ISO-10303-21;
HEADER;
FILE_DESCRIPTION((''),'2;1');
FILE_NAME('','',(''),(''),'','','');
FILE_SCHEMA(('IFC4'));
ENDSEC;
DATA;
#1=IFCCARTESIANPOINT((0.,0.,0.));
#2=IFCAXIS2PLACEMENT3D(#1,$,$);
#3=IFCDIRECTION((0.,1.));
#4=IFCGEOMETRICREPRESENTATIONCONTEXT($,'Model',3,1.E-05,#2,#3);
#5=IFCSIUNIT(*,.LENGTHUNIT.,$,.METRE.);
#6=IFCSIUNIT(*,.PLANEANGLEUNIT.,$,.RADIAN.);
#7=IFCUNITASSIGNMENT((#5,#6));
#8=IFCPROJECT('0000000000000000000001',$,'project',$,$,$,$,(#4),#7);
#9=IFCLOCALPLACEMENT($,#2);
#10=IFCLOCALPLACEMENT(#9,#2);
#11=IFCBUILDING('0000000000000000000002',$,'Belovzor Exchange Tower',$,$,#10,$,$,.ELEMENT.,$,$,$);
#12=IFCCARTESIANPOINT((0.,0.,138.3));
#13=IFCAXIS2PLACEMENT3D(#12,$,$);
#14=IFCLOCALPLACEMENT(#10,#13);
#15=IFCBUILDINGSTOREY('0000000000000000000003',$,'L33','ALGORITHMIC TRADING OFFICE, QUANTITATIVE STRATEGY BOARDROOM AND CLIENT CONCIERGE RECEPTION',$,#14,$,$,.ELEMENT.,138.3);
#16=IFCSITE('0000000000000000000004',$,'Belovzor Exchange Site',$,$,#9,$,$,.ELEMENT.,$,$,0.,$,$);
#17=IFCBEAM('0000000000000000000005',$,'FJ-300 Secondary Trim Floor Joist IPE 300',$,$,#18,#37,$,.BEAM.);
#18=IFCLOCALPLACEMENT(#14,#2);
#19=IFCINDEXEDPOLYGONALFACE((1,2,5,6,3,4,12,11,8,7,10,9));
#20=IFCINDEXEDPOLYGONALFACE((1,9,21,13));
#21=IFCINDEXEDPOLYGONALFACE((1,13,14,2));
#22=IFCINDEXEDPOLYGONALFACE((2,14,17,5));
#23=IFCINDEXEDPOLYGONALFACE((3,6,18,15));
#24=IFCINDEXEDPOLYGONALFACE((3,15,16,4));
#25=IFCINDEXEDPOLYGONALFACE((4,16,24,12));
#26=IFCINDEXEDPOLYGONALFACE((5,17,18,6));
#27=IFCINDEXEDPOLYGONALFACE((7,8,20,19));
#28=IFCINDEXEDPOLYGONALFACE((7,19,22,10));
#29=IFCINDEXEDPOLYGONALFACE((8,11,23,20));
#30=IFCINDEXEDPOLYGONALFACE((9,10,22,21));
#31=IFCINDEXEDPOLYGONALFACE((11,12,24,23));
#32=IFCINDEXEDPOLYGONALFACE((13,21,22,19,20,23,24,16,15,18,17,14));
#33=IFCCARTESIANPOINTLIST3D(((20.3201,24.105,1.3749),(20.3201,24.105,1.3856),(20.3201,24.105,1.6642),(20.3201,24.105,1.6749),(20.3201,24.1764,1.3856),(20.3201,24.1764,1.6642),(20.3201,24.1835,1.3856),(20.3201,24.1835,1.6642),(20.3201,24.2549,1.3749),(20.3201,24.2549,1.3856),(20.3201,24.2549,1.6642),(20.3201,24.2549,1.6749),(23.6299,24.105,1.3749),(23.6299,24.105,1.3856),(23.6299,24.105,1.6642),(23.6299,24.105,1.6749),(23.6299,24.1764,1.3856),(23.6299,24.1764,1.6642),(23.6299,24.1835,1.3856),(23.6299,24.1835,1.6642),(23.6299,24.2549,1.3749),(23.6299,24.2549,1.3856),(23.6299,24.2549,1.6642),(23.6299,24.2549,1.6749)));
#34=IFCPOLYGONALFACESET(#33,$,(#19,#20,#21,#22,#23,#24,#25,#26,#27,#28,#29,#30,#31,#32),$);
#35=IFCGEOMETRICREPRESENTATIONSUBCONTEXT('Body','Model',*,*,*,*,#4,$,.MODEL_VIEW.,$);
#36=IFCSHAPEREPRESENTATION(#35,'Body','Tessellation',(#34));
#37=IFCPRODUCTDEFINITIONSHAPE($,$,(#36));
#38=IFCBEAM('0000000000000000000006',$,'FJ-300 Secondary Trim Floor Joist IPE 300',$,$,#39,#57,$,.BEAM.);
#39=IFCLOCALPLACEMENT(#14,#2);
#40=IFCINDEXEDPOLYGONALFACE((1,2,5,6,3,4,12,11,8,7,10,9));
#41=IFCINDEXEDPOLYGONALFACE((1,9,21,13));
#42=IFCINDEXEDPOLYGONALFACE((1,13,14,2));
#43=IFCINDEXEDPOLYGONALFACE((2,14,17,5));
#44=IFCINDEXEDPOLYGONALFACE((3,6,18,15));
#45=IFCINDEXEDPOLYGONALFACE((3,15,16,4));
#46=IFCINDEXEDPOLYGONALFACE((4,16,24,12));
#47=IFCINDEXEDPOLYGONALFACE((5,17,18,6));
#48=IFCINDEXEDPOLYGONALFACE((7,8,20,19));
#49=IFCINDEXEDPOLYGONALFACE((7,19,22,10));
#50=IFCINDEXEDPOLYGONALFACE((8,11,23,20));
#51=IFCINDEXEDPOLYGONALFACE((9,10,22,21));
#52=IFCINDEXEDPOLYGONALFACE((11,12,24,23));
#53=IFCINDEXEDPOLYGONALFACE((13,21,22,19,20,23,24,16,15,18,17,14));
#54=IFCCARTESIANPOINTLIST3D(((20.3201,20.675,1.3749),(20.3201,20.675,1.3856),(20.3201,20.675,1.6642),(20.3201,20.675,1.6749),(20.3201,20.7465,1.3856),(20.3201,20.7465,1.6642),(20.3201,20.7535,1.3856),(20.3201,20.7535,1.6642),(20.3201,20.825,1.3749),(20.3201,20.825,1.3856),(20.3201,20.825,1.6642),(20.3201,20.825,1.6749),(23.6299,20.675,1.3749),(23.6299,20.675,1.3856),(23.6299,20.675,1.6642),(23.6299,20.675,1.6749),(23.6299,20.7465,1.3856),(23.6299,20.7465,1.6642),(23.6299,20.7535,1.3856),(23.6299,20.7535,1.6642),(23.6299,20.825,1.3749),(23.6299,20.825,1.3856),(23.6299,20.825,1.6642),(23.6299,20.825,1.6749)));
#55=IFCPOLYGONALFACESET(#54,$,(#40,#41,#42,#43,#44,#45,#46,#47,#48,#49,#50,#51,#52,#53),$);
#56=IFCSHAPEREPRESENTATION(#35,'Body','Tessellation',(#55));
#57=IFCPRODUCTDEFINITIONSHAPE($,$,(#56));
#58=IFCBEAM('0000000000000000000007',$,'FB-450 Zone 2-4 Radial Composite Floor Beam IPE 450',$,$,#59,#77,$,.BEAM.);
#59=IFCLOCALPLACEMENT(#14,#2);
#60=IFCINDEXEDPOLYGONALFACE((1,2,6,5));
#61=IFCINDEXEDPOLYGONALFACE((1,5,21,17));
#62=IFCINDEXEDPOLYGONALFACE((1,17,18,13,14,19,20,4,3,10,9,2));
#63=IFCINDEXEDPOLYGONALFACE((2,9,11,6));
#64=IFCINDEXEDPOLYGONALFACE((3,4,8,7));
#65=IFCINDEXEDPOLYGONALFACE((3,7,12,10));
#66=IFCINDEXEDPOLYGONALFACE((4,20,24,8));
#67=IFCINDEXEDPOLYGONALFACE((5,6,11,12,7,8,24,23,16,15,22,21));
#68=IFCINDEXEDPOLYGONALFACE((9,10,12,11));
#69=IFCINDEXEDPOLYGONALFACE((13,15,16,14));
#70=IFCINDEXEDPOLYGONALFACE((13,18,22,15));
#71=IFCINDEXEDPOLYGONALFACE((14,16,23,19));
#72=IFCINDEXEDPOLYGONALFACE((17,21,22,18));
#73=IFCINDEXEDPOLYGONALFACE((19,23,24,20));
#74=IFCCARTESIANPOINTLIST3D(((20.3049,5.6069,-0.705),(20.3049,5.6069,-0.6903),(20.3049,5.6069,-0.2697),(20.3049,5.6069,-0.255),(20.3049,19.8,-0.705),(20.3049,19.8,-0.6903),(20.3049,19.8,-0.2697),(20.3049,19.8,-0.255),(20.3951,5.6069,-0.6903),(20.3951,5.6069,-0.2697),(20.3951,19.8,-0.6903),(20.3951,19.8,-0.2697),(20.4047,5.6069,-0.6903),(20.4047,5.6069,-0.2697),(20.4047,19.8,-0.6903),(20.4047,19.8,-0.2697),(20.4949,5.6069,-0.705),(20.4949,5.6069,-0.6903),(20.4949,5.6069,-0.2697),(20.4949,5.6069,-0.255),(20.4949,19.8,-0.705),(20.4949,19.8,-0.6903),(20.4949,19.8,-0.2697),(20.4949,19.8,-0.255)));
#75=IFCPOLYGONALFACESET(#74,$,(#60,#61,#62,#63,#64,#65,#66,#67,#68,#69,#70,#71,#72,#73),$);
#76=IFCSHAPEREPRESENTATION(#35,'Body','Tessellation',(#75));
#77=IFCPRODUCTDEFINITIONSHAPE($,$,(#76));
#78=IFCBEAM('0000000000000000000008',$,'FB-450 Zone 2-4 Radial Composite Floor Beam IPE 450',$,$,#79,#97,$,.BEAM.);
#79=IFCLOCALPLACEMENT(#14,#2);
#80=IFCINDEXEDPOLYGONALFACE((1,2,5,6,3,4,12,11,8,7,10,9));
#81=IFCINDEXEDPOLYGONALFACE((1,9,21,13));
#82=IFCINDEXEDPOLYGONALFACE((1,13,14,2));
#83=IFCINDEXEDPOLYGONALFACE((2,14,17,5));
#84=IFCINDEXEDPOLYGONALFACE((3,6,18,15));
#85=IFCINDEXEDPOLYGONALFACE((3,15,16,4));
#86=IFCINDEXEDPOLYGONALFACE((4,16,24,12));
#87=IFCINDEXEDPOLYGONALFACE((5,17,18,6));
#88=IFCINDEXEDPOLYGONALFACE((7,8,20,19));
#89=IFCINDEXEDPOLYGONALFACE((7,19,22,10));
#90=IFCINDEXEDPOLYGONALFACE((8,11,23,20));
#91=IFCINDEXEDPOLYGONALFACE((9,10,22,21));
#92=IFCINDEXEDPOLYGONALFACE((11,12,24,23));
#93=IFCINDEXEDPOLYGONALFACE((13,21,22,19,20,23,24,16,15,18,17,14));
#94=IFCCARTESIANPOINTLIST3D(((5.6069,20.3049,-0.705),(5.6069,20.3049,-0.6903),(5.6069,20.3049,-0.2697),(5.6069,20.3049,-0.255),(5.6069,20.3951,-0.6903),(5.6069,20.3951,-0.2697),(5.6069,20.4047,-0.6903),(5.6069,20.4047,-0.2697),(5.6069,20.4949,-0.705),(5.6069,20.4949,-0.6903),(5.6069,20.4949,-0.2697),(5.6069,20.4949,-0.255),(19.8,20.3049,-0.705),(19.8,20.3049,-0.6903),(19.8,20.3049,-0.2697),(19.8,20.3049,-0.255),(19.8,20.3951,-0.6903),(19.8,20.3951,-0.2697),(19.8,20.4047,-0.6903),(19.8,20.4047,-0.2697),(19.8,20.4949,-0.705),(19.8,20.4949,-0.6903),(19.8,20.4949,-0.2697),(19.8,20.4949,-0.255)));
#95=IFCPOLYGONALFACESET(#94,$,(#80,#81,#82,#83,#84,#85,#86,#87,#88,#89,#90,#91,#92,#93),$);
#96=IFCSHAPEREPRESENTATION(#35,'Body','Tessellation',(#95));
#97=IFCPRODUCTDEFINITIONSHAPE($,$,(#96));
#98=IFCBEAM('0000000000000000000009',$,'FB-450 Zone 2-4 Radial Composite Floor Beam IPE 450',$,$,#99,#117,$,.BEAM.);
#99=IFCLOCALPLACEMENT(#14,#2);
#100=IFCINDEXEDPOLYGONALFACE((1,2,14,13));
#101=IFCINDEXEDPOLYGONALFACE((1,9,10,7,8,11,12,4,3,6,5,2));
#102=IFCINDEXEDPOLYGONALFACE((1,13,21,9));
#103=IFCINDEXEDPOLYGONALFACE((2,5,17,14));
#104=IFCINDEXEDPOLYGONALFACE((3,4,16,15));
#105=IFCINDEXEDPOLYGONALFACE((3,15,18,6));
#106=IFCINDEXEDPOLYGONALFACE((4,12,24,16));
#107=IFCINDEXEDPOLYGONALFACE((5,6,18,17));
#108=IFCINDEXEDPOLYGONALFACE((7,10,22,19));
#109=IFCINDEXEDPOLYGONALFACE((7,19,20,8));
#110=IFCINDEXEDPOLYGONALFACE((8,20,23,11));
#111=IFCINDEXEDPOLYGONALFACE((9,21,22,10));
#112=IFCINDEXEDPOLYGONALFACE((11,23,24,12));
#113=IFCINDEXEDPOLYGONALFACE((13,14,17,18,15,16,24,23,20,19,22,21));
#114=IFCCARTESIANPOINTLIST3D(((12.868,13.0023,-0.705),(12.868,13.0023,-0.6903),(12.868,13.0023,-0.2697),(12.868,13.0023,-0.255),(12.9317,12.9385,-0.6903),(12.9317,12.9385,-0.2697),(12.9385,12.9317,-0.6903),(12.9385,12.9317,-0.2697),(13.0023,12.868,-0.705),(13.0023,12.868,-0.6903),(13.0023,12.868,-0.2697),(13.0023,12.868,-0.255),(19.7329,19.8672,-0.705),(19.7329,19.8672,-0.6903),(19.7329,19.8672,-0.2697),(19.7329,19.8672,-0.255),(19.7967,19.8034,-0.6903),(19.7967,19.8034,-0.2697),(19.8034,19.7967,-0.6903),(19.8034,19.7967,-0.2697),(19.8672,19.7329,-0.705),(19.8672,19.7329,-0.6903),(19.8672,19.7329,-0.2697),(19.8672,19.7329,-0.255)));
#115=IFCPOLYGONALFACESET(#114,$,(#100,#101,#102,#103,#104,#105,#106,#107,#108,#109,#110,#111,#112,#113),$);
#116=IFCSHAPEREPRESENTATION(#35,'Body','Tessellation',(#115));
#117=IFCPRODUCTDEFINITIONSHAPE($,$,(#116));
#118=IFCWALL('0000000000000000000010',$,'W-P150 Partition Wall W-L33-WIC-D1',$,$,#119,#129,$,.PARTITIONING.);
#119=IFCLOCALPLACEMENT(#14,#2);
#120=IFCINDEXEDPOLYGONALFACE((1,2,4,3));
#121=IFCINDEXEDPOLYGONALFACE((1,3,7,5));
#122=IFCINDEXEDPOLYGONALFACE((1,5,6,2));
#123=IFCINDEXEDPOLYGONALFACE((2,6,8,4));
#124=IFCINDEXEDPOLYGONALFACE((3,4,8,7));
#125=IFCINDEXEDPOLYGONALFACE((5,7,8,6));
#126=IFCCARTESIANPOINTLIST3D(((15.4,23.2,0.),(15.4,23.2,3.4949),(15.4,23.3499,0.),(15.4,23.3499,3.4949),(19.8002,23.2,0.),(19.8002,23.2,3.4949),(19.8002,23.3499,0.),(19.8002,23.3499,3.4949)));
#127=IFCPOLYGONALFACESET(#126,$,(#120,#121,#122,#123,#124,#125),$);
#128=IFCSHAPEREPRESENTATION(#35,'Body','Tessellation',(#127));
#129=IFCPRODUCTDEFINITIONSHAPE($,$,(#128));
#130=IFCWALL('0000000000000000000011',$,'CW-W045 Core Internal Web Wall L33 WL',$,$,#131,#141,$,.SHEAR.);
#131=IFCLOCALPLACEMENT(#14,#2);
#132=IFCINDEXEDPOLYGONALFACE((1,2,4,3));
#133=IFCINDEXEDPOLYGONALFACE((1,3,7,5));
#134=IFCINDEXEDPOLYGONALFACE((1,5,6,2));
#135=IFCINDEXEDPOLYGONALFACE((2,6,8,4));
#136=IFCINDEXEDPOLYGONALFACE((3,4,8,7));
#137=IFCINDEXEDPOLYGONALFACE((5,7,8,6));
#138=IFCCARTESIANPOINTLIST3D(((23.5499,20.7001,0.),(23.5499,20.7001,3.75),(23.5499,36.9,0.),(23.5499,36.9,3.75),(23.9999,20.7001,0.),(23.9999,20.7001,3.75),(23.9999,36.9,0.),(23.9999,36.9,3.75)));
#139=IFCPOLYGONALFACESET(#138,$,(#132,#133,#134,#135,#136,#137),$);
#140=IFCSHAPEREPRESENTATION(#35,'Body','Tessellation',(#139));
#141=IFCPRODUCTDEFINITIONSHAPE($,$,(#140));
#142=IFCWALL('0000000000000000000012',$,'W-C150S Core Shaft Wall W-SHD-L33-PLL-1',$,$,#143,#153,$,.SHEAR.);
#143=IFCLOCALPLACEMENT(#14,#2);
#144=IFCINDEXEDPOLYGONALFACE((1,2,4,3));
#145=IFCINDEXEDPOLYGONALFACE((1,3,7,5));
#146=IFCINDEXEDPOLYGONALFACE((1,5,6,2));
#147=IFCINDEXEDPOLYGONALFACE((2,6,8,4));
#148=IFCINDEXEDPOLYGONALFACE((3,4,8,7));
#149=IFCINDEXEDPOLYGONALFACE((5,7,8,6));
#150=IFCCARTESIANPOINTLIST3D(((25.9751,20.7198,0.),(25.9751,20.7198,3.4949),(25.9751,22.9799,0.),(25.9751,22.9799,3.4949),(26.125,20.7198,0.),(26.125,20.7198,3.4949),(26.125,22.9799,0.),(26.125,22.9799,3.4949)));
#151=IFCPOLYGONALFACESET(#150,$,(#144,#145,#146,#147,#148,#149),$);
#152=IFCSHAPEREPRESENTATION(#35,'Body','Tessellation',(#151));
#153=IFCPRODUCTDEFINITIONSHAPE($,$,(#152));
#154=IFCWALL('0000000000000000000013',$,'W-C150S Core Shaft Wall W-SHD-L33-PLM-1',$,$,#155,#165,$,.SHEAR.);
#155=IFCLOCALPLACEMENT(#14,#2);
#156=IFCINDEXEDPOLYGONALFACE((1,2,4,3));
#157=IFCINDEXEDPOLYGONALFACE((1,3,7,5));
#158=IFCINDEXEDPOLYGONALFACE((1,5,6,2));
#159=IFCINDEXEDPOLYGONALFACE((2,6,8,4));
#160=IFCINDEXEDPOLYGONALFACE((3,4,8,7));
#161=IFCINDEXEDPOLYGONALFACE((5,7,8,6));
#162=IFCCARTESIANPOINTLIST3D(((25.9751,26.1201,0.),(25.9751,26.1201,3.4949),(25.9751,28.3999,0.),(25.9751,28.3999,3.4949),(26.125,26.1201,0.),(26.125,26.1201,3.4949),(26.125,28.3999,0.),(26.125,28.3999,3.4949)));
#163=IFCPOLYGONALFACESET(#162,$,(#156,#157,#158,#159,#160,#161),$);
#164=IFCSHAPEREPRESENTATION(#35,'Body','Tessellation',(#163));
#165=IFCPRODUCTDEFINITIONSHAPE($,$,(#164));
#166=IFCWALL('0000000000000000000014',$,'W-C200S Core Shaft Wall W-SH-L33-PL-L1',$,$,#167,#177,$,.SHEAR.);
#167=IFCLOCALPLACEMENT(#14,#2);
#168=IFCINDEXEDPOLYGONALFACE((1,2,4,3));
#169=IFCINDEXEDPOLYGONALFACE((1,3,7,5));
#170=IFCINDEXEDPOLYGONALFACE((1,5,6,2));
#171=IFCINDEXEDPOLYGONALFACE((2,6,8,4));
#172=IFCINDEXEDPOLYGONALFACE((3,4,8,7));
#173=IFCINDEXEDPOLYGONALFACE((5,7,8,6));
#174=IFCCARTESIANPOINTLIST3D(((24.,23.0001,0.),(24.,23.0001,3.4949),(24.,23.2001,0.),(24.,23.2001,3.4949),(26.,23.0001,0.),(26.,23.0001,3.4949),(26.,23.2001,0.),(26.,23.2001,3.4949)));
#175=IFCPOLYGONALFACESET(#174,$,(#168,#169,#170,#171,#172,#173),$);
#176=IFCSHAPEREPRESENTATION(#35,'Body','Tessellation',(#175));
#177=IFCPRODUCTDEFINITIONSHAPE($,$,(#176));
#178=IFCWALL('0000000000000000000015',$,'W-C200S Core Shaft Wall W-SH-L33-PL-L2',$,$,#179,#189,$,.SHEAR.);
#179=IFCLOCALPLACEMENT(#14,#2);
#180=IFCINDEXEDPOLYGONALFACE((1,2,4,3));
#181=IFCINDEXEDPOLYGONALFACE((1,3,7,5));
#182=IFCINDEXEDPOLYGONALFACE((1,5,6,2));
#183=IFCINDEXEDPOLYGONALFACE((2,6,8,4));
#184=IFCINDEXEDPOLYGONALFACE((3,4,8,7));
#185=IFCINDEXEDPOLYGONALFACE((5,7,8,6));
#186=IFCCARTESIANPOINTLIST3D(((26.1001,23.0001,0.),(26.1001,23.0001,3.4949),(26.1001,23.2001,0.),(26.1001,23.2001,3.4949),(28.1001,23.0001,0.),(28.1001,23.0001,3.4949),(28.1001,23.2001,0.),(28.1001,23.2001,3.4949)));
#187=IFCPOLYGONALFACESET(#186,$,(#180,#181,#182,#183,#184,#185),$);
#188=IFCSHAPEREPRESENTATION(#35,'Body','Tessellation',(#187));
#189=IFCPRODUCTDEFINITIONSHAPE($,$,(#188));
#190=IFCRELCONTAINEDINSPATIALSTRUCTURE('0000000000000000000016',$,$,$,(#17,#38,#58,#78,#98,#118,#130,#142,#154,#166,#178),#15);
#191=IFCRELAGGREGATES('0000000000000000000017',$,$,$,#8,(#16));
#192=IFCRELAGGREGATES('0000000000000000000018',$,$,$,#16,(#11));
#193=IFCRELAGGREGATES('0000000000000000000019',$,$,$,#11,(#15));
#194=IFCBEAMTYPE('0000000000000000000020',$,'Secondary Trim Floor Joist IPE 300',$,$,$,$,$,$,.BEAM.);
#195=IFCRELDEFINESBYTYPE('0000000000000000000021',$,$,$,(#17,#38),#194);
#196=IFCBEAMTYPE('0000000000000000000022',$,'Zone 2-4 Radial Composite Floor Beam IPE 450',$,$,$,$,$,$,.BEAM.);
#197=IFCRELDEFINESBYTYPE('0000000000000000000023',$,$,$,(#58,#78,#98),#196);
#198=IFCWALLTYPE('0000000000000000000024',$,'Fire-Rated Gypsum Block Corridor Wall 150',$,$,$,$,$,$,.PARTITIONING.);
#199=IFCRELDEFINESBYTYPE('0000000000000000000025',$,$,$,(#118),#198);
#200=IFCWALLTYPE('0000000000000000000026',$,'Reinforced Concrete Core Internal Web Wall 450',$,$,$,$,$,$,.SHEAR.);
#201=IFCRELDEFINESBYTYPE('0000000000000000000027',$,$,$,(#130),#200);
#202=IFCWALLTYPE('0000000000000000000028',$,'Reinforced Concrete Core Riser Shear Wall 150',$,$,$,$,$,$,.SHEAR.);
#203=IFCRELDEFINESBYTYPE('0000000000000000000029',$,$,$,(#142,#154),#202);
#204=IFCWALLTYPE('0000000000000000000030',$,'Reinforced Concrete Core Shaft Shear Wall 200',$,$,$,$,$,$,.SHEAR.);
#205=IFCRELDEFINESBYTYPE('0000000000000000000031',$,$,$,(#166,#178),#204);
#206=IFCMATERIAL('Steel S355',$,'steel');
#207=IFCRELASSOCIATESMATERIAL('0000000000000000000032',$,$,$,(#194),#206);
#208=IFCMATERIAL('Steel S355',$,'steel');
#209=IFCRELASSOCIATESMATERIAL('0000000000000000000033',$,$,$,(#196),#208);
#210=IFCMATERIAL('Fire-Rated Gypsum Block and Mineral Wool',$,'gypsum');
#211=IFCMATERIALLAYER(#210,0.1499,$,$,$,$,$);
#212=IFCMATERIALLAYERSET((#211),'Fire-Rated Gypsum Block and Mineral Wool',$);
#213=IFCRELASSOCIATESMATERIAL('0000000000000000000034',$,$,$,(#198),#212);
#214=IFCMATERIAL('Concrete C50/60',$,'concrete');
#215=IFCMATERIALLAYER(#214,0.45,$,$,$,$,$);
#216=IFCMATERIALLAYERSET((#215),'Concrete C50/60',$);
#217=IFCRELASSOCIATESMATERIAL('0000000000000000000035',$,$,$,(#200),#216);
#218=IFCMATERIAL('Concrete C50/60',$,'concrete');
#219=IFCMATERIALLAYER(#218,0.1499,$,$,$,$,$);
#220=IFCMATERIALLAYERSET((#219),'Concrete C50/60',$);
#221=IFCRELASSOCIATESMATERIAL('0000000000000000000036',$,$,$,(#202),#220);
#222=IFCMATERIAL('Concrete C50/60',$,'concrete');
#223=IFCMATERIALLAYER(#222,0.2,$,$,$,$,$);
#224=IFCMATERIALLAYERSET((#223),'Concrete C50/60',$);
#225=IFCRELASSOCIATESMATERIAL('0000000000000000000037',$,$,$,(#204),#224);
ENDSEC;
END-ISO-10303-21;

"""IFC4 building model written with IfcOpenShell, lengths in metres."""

from ifc_helpers import new_model, si_unit, direction, frame, frame_2d, origin, origin_2d, place, context, subcontext, project, spatial, rectangle, i_section, extrude, material, layer, layer_set, material_profile, profile_set, type_object, element, save


model = new_model("IFC4")

# Units and contexts
model_context = context("Model", 3, precision=1e-05, world=origin(), true_north=direction((0.0, 1.0)))
body_context = subcontext(model_context, "Body", "Model", "MODEL_VIEW")
ifc_project = project(units=[si_unit("LENGTHUNIT", "METRE"), si_unit("PLANEANGLEUNIT", "RADIAN")], contexts=[model_context])

# Site, building, storey
site_placement = place(None, origin())
site = spatial("IfcSite", under=ifc_project, at=site_placement, Name="Belovzor Exchange Site", CompositionType="ELEMENT", RefElevation=0.0)
building_placement = place(site_placement, origin())
building = spatial("IfcBuilding", under=site, at=building_placement, Name="Belovzor Exchange Tower", CompositionType="ELEMENT")
storey_placement = place(building_placement, frame((0.0, 0.0, 138.3)))
storey = spatial("IfcBuildingStorey", under=building, at=storey_placement, Name="L33", Description="ALGORITHMIC TRADING OFFICE, QUANTITATIVE STRATEGY BOARDROOM AND CLIENT CONCIERGE RECEPTION", CompositionType="ELEMENT", Elevation=138.3)

# Beams
ifc_material_1 = material(Name="Steel S355", Category="steel")
ifc_material_profile_1 = material_profile(ifc_material_1, i_section(OverallWidth=0.1499, OverallDepth=0.3, WebThickness=0.0071, FlangeThickness=0.0107, at=origin_2d()))
ifc_profile_set_1 = profile_set([ifc_material_profile_1], Name="Steel S355")
beam_type_1 = type_object("IfcBeamType", Name="Secondary Trim Floor Joist IPE 300", PredefinedType="BEAM", material=ifc_profile_set_1)
for number, where, z_axis, x_axis, name in (
    (1, (20.3201, 24.1799, 1.5249), (1.0, 0.0, 0.0), (0.0, 1.0, 0.0), "FJ-300 Secondary Trim Floor Joist IPE 300"),
    (2, (20.3201, 20.75, 1.5249), (1.0, 0.0, 0.0), (0.0, 1.0, 0.0), "FJ-300 Secondary Trim Floor Joist IPE 300"),
):
    element("IfcBeam", number, at=place(storey_placement, frame(where, z_axis=z_axis, x_axis=x_axis)), inside=storey, type_object=beam_type_1, Name=name, PredefinedType="BEAM", context=body_context, shape_type="SweptSolid", body=[
        extrude(i_section(OverallWidth=0.1499, OverallDepth=0.3, WebThickness=0.0071, FlangeThickness=0.0107, at=origin_2d()), origin(), (0.0, 0.0, 1.0), 3.3098),
    ])
ifc_material_2 = material(Name="Steel S355", Category="steel")
ifc_material_profile_2 = material_profile(ifc_material_2, i_section(OverallWidth=0.1899, OverallDepth=0.45, WebThickness=0.0095, FlangeThickness=0.0146, at=origin_2d()))
ifc_profile_set_2 = profile_set([ifc_material_profile_2], Name="Steel S355")
beam_type_2 = type_object("IfcBeamType", Name="Zone 2-4 Radial Composite Floor Beam IPE 450", PredefinedType="BEAM", material=ifc_profile_set_2)
for number, where, z_axis, x_axis, name in (
    (3, (20.3999, 19.8, -0.48), (0.0, -1.0, 0.0), (1.0, 0.0, 0.0), "FB-450 Zone 2-4 Radial Composite Floor Beam IPE 450"),
    (4, (19.8, 20.3999, -0.48), (-1.0, 0.0, 0.0), (0.0, -1.0, 0.0), "FB-450 Zone 2-4 Radial Composite Floor Beam IPE 450"),
):
    element("IfcBeam", number, at=place(storey_placement, frame(where, z_axis=z_axis, x_axis=x_axis)), inside=storey, type_object=beam_type_2, Name=name, PredefinedType="BEAM", context=body_context, shape_type="SweptSolid", body=[
        extrude(i_section(OverallWidth=0.1899, OverallDepth=0.45, WebThickness=0.0095, FlangeThickness=0.0146, at=origin_2d()), origin(), (0.0, 0.0, 1.0), 14.1931),
    ])
beam_placement = place(storey_placement, frame((19.8, 19.8, -0.48), z_axis=(-0.707107, -0.707107, 0.0), x_axis=(0.707107, -0.707107, 0.0)))
element("IfcBeam", 5, at=beam_placement, inside=storey, type_object=beam_type_2, Name="FB-450 Zone 2-4 Radial Composite Floor Beam IPE 450", PredefinedType="BEAM", context=body_context, shape_type="SweptSolid", body=[
    extrude(i_section(OverallWidth=0.1899, OverallDepth=0.45, WebThickness=0.0095, FlangeThickness=0.0146, at=origin_2d()), origin(), (0.0, 0.0, 1.0), 9.7085),
])

# Walls
ifc_material_3 = material(Name="Fire-Rated Gypsum Block and Mineral Wool", Category="gypsum")
ifc_layer_1 = layer(ifc_material_3, 0.1499)
ifc_layer_set_1 = layer_set([ifc_layer_1], Name="Fire-Rated Gypsum Block and Mineral Wool")
wall_type_1 = type_object("IfcWallType", Name="Fire-Rated Gypsum Block Corridor Wall 150", PredefinedType="PARTITIONING", material=ifc_layer_set_1)
wall_1_placement = place(storey_placement, frame((15.3999, 23.2749, 0.0), z_axis=(0.0, 0.0, 1.0), x_axis=(1.0, 0.0, 0.0)))
element("IfcWall", 6, at=wall_1_placement, inside=storey, type_object=wall_type_1, Name="W-P150 Partition Wall W-L33-WIC-D1", PredefinedType="PARTITIONING", context=body_context, shape_type="SweptSolid", body=[
    extrude(rectangle(XDim=4.4001, YDim=0.1499, at=frame_2d((2.2002, 0.0))), origin(), (0.0, 0.0, 1.0), 3.4949),
])
ifc_material_4 = material(Name="Concrete C50/60", Category="concrete")
ifc_layer_2 = layer(ifc_material_4, 0.45)
ifc_layer_set_2 = layer_set([ifc_layer_2], Name="Concrete C50/60")
wall_type_2 = type_object("IfcWallType", Name="Reinforced Concrete Core Internal Web Wall 450", PredefinedType="SHEAR", material=ifc_layer_set_2)
wall_2_placement = place(storey_placement, frame((23.7749, 20.7, 0.0), z_axis=(0.0, 0.0, 1.0), x_axis=(0.0, 1.0, 0.0)))
element("IfcWall", 7, at=wall_2_placement, inside=storey, type_object=wall_type_2, Name="CW-W045 Core Internal Web Wall L33 WL", PredefinedType="SHEAR", context=body_context, shape_type="SweptSolid", body=[
    extrude(rectangle(XDim=16.2, YDim=0.45, at=frame_2d((8.1001, 0.0))), origin(), (0.0, 0.0, 1.0), 3.75),
])
ifc_material_5 = material(Name="Concrete C50/60", Category="concrete")
ifc_layer_3 = layer(ifc_material_5, 0.1499)
ifc_layer_set_3 = layer_set([ifc_layer_3], Name="Concrete C50/60")
wall_type_3 = type_object("IfcWallType", Name="Reinforced Concrete Core Riser Shear Wall 150", PredefinedType="SHEAR", material=ifc_layer_set_3)
wall_3_placement = place(storey_placement, frame((26.05, 20.72, 0.0), z_axis=(0.0, 0.0, 1.0), x_axis=(0.0, 1.0, 0.0)))
element("IfcWall", 8, at=wall_3_placement, inside=storey, type_object=wall_type_3, Name="W-C150S Core Shaft Wall W-SHD-L33-PLL-1", PredefinedType="SHEAR", context=body_context, shape_type="SweptSolid", body=[
    extrude(rectangle(XDim=2.26, YDim=0.1499, at=frame_2d((1.1299, 0.0))), origin(), (0.0, 0.0, 1.0), 3.4949),
])
wall_4_placement = place(storey_placement, frame((26.05, 26.1201, 0.0), z_axis=(0.0, 0.0, 1.0), x_axis=(0.0, 1.0, 0.0)))
element("IfcWall", 9, at=wall_4_placement, inside=storey, type_object=wall_type_3, Name="W-C150S Core Shaft Wall W-SHD-L33-PLM-1", PredefinedType="SHEAR", context=body_context, shape_type="SweptSolid", body=[
    extrude(rectangle(XDim=2.2798, YDim=0.1499, at=frame_2d((1.1399, 0.0))), origin(), (0.0, 0.0, 1.0), 3.4949),
])
ifc_material_6 = material(Name="Concrete C50/60", Category="concrete")
ifc_layer_4 = layer(ifc_material_6, 0.2)
ifc_layer_set_4 = layer_set([ifc_layer_4], Name="Concrete C50/60")
wall_type_4 = type_object("IfcWallType", Name="Reinforced Concrete Core Shaft Shear Wall 200", PredefinedType="SHEAR", material=ifc_layer_set_4)
for number, where, z_axis, x_axis, name in (
    (10, (24.0, 23.1001, 0.0), (0.0, 0.0, 1.0), (1.0, 0.0, 0.0), "W-C200S Core Shaft Wall W-SH-L33-PL-L1"),
    (11, (26.1001, 23.1001, 0.0), (0.0, 0.0, 1.0), (1.0, 0.0, 0.0), "W-C200S Core Shaft Wall W-SH-L33-PL-L2"),
):
    element("IfcWall", number, at=place(storey_placement, frame(where, z_axis=z_axis, x_axis=x_axis)), inside=storey, type_object=wall_type_4, Name=name, PredefinedType="SHEAR", context=body_context, shape_type="SweptSolid", body=[
        extrude(rectangle(XDim=2.0, YDim=0.2, at=frame_2d((1.0, 0.0))), origin(), (0.0, 0.0, 1.0), 3.4949),
    ])

save(model, "model.ifc")
